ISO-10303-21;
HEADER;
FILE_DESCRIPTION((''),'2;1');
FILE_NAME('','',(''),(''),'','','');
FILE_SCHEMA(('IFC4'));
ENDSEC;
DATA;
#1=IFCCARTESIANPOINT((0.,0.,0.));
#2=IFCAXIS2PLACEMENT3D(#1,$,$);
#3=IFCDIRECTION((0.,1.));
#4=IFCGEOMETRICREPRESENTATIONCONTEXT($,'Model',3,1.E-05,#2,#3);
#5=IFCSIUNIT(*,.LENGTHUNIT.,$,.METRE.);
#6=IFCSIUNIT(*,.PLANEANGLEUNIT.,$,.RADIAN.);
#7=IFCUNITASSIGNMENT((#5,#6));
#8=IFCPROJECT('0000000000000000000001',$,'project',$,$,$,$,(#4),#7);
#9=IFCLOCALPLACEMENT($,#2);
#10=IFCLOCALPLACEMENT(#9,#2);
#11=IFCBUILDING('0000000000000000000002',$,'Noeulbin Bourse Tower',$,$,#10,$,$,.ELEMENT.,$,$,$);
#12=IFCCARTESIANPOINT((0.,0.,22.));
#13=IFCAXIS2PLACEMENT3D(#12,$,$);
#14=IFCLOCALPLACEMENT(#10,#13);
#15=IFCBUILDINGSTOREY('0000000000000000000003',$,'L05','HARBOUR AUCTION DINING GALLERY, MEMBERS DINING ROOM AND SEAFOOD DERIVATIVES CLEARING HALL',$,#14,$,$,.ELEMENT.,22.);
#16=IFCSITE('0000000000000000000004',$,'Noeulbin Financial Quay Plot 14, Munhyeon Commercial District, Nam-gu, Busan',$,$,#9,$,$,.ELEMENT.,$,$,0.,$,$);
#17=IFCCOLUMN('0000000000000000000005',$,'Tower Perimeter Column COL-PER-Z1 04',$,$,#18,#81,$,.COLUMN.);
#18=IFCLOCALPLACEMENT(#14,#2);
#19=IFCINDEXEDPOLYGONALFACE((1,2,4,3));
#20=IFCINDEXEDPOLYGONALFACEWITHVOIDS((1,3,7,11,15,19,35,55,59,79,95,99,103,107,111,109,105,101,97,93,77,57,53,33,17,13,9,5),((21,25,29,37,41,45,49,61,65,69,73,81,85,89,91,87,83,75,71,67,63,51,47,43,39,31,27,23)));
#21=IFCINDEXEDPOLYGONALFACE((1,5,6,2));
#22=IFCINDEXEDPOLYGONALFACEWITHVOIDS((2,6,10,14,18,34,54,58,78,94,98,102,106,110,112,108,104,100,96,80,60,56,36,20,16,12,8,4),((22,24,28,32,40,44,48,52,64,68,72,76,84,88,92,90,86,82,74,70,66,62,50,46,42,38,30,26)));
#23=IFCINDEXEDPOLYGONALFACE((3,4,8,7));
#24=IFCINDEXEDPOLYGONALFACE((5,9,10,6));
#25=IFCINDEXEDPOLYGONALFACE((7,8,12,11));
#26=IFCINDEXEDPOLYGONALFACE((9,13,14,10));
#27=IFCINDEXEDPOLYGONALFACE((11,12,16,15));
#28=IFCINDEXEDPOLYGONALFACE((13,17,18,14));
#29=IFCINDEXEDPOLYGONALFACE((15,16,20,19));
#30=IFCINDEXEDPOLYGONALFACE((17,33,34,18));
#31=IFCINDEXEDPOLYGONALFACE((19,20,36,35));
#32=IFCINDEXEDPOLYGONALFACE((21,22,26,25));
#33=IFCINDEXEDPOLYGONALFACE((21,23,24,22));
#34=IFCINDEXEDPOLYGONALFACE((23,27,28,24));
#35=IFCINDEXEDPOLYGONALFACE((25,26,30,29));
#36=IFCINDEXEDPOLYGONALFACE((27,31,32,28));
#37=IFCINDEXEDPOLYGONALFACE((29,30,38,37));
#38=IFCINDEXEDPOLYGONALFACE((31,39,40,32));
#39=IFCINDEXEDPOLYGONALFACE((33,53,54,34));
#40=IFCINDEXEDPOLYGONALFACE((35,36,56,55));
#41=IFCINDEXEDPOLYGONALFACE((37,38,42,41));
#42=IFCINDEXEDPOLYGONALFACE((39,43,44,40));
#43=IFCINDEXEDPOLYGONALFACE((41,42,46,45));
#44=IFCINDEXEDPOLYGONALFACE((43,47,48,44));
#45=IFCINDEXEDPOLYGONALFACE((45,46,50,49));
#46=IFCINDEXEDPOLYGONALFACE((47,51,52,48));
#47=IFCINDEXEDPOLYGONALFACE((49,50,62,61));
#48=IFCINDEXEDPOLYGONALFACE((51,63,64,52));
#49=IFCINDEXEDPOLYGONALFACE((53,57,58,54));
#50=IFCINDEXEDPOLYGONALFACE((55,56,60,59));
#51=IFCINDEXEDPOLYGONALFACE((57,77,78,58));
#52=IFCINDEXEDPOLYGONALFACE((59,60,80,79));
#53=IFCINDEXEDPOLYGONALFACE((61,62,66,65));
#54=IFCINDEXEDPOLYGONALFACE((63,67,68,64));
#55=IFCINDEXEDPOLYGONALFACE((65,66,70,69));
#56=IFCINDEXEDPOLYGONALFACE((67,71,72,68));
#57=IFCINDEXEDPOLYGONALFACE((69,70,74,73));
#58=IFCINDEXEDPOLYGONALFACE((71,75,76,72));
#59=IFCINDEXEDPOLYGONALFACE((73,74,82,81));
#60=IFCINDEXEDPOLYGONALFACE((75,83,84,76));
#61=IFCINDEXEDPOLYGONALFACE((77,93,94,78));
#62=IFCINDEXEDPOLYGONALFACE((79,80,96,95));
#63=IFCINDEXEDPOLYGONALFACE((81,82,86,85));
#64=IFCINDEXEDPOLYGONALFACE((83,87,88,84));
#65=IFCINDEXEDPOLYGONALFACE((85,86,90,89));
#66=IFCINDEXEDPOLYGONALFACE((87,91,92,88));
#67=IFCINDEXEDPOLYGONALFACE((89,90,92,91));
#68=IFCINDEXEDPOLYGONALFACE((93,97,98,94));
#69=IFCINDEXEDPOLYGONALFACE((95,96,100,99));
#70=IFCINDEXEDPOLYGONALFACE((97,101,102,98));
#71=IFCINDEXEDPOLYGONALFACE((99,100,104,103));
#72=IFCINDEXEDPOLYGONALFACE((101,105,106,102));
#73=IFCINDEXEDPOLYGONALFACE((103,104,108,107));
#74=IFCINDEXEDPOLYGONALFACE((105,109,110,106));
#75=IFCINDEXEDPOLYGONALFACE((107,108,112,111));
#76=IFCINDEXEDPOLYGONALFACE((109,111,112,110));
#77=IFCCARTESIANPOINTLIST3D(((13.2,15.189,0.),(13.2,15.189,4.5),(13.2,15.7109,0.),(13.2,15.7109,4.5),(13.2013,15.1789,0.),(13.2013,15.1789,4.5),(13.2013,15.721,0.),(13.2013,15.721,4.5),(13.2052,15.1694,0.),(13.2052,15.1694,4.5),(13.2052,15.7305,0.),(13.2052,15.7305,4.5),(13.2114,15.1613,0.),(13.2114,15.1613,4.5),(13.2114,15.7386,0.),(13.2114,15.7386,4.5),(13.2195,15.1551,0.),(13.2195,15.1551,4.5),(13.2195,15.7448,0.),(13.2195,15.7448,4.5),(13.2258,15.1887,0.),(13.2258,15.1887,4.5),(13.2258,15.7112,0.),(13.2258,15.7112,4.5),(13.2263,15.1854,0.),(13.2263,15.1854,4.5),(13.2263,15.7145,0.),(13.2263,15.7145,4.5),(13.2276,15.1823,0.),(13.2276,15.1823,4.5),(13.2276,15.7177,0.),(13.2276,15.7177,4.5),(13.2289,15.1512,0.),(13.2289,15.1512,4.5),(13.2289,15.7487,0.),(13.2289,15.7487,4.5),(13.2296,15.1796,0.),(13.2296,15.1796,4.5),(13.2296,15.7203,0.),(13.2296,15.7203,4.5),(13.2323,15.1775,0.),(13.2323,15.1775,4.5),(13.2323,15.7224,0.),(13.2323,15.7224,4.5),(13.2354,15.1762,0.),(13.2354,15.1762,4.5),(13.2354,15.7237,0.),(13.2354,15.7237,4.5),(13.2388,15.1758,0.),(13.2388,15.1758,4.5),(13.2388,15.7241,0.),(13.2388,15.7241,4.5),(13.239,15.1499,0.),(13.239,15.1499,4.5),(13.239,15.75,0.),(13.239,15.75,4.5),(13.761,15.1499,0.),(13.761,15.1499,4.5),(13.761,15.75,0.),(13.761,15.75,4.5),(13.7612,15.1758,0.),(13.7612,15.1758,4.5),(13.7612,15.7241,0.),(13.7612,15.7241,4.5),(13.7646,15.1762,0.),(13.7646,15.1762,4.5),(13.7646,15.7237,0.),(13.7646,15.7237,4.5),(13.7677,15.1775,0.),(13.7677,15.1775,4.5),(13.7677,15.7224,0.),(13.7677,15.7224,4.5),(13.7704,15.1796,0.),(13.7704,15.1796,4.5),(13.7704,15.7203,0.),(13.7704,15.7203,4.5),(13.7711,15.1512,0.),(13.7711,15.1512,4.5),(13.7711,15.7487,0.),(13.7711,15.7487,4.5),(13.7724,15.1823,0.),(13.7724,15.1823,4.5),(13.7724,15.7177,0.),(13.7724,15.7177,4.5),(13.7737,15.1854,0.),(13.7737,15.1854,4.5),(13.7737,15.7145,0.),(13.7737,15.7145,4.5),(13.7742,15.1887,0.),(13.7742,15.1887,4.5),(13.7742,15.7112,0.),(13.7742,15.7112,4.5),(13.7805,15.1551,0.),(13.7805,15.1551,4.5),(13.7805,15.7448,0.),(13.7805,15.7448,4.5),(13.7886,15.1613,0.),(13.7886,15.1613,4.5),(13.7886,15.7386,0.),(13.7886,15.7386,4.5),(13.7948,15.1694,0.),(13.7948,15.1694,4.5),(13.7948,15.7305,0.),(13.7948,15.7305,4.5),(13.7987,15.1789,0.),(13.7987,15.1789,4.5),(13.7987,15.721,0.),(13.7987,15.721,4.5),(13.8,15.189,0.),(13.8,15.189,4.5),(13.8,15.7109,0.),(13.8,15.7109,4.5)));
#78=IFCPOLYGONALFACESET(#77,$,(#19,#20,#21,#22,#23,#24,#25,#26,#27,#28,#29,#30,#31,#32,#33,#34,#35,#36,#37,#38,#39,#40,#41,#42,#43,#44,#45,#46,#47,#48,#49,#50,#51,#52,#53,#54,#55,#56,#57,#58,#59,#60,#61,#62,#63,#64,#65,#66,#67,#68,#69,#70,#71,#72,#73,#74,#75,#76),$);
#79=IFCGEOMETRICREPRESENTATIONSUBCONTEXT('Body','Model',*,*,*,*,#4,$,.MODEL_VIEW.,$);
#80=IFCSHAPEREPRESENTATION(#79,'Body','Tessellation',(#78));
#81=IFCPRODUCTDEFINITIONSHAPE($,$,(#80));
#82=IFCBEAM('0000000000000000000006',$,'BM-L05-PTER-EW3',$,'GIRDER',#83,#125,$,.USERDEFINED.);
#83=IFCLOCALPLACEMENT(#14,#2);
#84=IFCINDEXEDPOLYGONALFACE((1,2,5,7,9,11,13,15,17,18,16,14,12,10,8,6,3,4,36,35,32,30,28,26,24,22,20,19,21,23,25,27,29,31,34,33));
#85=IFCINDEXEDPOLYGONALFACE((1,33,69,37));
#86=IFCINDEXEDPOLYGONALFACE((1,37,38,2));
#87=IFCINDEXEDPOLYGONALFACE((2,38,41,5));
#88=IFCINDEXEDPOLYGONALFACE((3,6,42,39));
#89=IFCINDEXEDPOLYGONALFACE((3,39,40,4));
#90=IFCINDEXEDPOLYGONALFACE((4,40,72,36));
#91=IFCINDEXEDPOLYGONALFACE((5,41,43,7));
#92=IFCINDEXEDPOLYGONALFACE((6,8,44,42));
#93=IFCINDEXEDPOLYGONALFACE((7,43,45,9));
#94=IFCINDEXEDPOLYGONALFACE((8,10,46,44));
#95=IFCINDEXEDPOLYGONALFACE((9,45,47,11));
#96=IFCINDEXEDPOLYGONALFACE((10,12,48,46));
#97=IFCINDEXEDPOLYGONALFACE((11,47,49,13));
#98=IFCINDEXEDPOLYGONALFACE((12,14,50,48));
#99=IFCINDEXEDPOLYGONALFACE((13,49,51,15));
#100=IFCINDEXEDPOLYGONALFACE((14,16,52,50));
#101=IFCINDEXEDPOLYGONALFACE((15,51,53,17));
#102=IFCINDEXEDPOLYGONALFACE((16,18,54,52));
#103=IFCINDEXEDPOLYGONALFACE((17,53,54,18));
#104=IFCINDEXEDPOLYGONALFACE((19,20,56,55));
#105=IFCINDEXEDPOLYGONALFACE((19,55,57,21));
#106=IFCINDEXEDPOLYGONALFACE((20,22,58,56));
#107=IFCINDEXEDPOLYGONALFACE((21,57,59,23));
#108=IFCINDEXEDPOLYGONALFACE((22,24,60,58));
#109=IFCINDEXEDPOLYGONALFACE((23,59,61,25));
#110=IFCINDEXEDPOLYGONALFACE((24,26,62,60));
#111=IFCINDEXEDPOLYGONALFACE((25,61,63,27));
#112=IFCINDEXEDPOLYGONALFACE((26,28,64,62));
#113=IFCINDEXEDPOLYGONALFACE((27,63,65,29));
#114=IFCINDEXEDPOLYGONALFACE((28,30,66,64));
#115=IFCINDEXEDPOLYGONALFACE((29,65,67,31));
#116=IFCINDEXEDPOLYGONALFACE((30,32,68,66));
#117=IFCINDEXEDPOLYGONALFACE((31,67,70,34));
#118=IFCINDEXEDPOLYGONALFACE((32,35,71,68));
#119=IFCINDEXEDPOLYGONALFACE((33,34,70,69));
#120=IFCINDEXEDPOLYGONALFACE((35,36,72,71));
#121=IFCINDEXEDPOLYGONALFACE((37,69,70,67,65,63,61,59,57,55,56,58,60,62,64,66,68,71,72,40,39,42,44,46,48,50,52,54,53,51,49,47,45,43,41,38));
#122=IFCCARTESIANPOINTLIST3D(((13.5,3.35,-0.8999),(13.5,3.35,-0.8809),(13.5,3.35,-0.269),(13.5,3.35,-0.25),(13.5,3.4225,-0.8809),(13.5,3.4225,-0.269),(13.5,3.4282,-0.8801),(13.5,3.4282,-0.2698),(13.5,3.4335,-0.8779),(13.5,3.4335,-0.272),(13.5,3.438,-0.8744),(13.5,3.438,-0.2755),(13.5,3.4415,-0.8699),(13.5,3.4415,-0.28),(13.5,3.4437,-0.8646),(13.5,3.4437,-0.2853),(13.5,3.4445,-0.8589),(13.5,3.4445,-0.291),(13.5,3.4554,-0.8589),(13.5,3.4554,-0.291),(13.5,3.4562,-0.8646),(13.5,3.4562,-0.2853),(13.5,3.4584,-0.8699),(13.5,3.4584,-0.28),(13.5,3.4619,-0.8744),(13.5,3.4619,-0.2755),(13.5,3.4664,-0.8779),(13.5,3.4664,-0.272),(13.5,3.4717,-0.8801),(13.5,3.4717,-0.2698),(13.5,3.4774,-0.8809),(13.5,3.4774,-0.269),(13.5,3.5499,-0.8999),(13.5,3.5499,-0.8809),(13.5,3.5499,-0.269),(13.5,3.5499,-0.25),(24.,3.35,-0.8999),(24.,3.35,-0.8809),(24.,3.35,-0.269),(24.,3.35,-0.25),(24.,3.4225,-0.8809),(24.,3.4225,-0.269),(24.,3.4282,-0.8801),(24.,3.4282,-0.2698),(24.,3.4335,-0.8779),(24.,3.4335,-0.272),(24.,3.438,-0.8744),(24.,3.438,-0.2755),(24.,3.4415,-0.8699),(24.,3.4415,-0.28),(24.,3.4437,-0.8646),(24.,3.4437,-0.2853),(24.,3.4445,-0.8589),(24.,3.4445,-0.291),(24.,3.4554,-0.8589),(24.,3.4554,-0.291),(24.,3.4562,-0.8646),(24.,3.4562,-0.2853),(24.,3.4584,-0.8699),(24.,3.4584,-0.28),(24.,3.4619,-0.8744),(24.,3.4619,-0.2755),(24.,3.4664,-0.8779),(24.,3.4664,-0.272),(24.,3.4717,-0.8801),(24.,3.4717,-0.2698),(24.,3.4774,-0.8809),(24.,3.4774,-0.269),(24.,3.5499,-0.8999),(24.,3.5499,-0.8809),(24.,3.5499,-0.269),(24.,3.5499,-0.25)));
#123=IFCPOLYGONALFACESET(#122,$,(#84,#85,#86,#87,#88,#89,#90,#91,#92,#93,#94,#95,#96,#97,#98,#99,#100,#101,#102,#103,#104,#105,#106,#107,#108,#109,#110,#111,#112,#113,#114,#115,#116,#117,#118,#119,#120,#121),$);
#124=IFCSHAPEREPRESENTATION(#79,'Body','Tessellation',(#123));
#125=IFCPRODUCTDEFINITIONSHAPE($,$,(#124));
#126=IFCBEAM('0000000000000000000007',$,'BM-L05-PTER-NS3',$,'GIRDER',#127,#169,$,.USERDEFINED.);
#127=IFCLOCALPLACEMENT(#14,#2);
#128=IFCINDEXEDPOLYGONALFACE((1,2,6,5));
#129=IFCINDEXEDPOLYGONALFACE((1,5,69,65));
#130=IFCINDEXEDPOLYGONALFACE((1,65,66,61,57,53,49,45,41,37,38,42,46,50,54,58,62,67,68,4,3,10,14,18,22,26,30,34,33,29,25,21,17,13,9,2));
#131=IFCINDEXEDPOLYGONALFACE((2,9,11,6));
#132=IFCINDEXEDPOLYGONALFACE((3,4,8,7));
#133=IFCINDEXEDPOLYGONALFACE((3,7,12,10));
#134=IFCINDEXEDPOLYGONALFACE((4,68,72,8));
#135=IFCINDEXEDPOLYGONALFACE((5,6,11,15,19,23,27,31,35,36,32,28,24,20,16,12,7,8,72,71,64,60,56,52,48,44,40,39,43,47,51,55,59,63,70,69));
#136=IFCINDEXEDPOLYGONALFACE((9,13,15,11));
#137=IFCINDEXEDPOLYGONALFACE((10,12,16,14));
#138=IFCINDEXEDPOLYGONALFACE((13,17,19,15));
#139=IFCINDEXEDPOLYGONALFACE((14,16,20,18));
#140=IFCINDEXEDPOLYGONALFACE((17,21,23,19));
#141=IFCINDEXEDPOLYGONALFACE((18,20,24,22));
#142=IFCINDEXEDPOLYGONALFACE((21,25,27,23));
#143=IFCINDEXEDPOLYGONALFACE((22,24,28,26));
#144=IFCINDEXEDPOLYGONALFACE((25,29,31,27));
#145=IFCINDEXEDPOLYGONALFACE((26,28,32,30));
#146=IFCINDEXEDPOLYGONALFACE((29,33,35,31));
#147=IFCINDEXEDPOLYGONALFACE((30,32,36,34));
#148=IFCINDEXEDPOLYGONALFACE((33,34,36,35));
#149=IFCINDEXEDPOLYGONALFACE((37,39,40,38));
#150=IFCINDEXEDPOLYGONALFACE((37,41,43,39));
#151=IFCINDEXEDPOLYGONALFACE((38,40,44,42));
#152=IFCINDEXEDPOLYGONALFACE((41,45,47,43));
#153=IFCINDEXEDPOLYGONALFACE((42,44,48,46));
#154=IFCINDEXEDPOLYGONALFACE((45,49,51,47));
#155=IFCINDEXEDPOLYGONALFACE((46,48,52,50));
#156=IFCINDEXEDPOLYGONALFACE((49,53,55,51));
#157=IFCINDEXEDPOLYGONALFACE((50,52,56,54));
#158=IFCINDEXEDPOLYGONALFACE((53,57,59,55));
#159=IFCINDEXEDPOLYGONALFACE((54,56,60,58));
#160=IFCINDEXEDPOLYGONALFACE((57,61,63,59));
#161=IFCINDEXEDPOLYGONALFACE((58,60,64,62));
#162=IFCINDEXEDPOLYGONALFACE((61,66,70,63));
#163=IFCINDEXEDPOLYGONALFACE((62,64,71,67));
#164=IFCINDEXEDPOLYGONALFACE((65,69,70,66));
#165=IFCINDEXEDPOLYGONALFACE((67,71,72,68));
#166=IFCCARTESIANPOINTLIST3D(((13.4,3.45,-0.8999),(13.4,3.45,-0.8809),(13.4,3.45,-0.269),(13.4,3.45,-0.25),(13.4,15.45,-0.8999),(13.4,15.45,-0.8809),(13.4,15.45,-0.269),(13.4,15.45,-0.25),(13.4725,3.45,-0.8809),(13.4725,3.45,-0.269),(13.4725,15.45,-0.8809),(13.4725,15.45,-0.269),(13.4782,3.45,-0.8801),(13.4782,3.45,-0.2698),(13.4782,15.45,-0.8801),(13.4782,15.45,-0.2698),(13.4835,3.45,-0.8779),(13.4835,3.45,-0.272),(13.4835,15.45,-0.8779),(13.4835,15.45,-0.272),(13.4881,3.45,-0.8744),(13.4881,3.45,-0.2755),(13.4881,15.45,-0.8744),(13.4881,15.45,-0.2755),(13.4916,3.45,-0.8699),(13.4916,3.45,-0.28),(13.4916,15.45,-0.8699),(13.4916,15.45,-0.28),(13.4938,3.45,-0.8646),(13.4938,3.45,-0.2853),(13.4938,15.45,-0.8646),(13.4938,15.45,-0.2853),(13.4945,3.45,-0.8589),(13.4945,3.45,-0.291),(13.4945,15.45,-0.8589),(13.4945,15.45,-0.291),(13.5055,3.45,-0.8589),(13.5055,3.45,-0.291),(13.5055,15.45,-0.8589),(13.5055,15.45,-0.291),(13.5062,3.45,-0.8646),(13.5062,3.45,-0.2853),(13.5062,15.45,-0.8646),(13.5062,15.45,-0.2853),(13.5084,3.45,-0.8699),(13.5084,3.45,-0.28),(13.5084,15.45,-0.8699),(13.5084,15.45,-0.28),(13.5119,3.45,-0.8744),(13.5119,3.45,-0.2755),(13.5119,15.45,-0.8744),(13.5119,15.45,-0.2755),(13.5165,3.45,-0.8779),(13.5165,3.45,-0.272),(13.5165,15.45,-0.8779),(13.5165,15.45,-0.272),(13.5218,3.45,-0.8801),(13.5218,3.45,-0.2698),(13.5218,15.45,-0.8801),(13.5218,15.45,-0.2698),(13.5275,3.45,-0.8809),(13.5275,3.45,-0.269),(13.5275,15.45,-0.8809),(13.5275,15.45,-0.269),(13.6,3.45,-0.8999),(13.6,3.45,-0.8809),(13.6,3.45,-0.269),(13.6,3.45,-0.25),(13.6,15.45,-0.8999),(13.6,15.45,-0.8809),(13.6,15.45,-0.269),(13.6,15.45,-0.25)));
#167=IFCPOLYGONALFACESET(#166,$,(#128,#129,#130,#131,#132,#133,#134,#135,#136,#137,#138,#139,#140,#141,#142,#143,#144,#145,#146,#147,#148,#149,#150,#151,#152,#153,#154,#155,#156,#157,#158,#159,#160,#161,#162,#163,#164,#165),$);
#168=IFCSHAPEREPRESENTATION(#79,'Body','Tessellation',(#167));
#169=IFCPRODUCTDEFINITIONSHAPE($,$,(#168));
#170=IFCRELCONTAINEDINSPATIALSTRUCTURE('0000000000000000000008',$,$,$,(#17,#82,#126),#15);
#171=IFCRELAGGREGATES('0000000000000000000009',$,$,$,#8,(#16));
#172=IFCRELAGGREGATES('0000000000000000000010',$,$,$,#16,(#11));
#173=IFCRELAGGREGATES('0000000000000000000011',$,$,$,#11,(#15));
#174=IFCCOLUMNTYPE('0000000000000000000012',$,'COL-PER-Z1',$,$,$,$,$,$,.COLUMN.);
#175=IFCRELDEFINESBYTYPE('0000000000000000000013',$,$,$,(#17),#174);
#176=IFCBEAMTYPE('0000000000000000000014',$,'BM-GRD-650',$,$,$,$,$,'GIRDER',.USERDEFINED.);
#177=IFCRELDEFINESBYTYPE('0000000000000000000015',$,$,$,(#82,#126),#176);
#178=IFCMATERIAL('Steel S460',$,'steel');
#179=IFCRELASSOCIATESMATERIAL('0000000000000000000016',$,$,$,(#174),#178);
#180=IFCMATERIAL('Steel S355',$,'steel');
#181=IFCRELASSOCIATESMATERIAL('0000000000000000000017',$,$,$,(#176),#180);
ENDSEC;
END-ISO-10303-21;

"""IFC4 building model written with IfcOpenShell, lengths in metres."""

from ifc_helpers import new_model, si_unit, direction, frame, origin, origin_2d, place, context, subcontext, project, spatial, hollow_rectangle, i_section, extrude, material, material_profile, profile_set, type_object, element, save


model = new_model("IFC4")

# Units and contexts
model_context = context("Model", 3, precision=1e-05, world=origin(), true_north=direction((0.0, 1.0)))
body_context = subcontext(model_context, "Body", "Model", "MODEL_VIEW")
ifc_project = project(units=[si_unit("LENGTHUNIT", "METRE"), si_unit("PLANEANGLEUNIT", "RADIAN")], contexts=[model_context])

# Site, building, storey
site_placement = place(None, origin())
site = spatial("IfcSite", under=ifc_project, at=site_placement, Name="Noeulbin Financial Quay Plot 14, Munhyeon Commercial District, Nam-gu, Busan", CompositionType="ELEMENT", RefElevation=0.0)
building_placement = place(site_placement, origin())
building = spatial("IfcBuilding", under=site, at=building_placement, Name="Noeulbin Bourse Tower", CompositionType="ELEMENT")
storey_placement = place(building_placement, frame((0.0, 0.0, 22.0)))
storey = spatial("IfcBuildingStorey", under=building, at=storey_placement, Name="L05", Description="HARBOUR AUCTION DINING GALLERY, MEMBERS DINING ROOM AND SEAFOOD DERIVATIVES CLEARING HALL", CompositionType="ELEMENT", Elevation=22.0)

# Column
ifc_material_1 = material(Name="Steel S460", Category="steel")
ifc_material_profile_1 = material_profile(ifc_material_1, hollow_rectangle(XDim=0.6001, YDim=0.6001, WallThickness=0.0259, InnerFilletRadius=0.0129, OuterFilletRadius=0.0391, at=origin_2d()), Name="BOX-600x600x26", Category="LoadBearing")
ifc_profile_set_1 = profile_set([ifc_material_profile_1], Name="Steel S460")
column_type = type_object("IfcColumnType", Name="COL-PER-Z1", PredefinedType="COLUMN", material=ifc_profile_set_1)
column_placement = place(storey_placement, frame((13.5, 15.45, 0.0), z_axis=(0.0, 0.0, 1.0), x_axis=(1.0, 0.0, 0.0)))
element("IfcColumn", 1, at=column_placement, inside=storey, type_object=column_type, Name="Tower Perimeter Column COL-PER-Z1 04", PredefinedType="COLUMN", context=body_context, shape_type="SweptSolid", body=[
    extrude(hollow_rectangle(XDim=0.6001, YDim=0.6001, WallThickness=0.0259, InnerFilletRadius=0.0129, OuterFilletRadius=0.0391, at=origin_2d()), origin(), (0.0, 0.0, 1.0), 4.5),
])

# Beams
ifc_material_2 = material(Name="Steel S355", Category="steel")
ifc_material_profile_2 = material_profile(ifc_material_2, i_section(OverallWidth=0.2, OverallDepth=0.6499, WebThickness=0.011, FlangeThickness=0.019, FilletRadius=0.022, at=origin_2d()), Name="H-650x200x11x19", Category="LoadBearing")
ifc_profile_set_2 = profile_set([ifc_material_profile_2], Name="Steel S355")
beam_type = type_object("IfcBeamType", Name="BM-GRD-650", ElementType="GIRDER", PredefinedType="USERDEFINED", material=ifc_profile_set_2)
beam_1_placement = place(storey_placement, frame((13.5, 3.45, -0.575), z_axis=(1.0, 0.0, 0.0), x_axis=(0.0, 1.0, 0.0)))
element("IfcBeam", 2, at=beam_1_placement, inside=storey, type_object=beam_type, Name="BM-L05-PTER-EW3", ObjectType="GIRDER", PredefinedType="USERDEFINED", context=body_context, shape_type="SweptSolid", body=[
    extrude(i_section(OverallWidth=0.2, OverallDepth=0.6499, WebThickness=0.011, FlangeThickness=0.019, FilletRadius=0.022, at=origin_2d()), origin(), (0.0, 0.0, 1.0), 10.5),
])
beam_2_placement = place(storey_placement, frame((13.5, 3.45, -0.575), z_axis=(0.0, 1.0, 0.0), x_axis=(-1.0, 0.0, 0.0)))
element("IfcBeam", 3, at=beam_2_placement, inside=storey, type_object=beam_type, Name="BM-L05-PTER-NS3", ObjectType="GIRDER", PredefinedType="USERDEFINED", context=body_context, shape_type="SweptSolid", body=[
    extrude(i_section(OverallWidth=0.2, OverallDepth=0.6499, WebThickness=0.011, FlangeThickness=0.019, FilletRadius=0.022, at=origin_2d()), origin(), (0.0, 0.0, 1.0), 12.0),
])

save(model, "model.ifc")
